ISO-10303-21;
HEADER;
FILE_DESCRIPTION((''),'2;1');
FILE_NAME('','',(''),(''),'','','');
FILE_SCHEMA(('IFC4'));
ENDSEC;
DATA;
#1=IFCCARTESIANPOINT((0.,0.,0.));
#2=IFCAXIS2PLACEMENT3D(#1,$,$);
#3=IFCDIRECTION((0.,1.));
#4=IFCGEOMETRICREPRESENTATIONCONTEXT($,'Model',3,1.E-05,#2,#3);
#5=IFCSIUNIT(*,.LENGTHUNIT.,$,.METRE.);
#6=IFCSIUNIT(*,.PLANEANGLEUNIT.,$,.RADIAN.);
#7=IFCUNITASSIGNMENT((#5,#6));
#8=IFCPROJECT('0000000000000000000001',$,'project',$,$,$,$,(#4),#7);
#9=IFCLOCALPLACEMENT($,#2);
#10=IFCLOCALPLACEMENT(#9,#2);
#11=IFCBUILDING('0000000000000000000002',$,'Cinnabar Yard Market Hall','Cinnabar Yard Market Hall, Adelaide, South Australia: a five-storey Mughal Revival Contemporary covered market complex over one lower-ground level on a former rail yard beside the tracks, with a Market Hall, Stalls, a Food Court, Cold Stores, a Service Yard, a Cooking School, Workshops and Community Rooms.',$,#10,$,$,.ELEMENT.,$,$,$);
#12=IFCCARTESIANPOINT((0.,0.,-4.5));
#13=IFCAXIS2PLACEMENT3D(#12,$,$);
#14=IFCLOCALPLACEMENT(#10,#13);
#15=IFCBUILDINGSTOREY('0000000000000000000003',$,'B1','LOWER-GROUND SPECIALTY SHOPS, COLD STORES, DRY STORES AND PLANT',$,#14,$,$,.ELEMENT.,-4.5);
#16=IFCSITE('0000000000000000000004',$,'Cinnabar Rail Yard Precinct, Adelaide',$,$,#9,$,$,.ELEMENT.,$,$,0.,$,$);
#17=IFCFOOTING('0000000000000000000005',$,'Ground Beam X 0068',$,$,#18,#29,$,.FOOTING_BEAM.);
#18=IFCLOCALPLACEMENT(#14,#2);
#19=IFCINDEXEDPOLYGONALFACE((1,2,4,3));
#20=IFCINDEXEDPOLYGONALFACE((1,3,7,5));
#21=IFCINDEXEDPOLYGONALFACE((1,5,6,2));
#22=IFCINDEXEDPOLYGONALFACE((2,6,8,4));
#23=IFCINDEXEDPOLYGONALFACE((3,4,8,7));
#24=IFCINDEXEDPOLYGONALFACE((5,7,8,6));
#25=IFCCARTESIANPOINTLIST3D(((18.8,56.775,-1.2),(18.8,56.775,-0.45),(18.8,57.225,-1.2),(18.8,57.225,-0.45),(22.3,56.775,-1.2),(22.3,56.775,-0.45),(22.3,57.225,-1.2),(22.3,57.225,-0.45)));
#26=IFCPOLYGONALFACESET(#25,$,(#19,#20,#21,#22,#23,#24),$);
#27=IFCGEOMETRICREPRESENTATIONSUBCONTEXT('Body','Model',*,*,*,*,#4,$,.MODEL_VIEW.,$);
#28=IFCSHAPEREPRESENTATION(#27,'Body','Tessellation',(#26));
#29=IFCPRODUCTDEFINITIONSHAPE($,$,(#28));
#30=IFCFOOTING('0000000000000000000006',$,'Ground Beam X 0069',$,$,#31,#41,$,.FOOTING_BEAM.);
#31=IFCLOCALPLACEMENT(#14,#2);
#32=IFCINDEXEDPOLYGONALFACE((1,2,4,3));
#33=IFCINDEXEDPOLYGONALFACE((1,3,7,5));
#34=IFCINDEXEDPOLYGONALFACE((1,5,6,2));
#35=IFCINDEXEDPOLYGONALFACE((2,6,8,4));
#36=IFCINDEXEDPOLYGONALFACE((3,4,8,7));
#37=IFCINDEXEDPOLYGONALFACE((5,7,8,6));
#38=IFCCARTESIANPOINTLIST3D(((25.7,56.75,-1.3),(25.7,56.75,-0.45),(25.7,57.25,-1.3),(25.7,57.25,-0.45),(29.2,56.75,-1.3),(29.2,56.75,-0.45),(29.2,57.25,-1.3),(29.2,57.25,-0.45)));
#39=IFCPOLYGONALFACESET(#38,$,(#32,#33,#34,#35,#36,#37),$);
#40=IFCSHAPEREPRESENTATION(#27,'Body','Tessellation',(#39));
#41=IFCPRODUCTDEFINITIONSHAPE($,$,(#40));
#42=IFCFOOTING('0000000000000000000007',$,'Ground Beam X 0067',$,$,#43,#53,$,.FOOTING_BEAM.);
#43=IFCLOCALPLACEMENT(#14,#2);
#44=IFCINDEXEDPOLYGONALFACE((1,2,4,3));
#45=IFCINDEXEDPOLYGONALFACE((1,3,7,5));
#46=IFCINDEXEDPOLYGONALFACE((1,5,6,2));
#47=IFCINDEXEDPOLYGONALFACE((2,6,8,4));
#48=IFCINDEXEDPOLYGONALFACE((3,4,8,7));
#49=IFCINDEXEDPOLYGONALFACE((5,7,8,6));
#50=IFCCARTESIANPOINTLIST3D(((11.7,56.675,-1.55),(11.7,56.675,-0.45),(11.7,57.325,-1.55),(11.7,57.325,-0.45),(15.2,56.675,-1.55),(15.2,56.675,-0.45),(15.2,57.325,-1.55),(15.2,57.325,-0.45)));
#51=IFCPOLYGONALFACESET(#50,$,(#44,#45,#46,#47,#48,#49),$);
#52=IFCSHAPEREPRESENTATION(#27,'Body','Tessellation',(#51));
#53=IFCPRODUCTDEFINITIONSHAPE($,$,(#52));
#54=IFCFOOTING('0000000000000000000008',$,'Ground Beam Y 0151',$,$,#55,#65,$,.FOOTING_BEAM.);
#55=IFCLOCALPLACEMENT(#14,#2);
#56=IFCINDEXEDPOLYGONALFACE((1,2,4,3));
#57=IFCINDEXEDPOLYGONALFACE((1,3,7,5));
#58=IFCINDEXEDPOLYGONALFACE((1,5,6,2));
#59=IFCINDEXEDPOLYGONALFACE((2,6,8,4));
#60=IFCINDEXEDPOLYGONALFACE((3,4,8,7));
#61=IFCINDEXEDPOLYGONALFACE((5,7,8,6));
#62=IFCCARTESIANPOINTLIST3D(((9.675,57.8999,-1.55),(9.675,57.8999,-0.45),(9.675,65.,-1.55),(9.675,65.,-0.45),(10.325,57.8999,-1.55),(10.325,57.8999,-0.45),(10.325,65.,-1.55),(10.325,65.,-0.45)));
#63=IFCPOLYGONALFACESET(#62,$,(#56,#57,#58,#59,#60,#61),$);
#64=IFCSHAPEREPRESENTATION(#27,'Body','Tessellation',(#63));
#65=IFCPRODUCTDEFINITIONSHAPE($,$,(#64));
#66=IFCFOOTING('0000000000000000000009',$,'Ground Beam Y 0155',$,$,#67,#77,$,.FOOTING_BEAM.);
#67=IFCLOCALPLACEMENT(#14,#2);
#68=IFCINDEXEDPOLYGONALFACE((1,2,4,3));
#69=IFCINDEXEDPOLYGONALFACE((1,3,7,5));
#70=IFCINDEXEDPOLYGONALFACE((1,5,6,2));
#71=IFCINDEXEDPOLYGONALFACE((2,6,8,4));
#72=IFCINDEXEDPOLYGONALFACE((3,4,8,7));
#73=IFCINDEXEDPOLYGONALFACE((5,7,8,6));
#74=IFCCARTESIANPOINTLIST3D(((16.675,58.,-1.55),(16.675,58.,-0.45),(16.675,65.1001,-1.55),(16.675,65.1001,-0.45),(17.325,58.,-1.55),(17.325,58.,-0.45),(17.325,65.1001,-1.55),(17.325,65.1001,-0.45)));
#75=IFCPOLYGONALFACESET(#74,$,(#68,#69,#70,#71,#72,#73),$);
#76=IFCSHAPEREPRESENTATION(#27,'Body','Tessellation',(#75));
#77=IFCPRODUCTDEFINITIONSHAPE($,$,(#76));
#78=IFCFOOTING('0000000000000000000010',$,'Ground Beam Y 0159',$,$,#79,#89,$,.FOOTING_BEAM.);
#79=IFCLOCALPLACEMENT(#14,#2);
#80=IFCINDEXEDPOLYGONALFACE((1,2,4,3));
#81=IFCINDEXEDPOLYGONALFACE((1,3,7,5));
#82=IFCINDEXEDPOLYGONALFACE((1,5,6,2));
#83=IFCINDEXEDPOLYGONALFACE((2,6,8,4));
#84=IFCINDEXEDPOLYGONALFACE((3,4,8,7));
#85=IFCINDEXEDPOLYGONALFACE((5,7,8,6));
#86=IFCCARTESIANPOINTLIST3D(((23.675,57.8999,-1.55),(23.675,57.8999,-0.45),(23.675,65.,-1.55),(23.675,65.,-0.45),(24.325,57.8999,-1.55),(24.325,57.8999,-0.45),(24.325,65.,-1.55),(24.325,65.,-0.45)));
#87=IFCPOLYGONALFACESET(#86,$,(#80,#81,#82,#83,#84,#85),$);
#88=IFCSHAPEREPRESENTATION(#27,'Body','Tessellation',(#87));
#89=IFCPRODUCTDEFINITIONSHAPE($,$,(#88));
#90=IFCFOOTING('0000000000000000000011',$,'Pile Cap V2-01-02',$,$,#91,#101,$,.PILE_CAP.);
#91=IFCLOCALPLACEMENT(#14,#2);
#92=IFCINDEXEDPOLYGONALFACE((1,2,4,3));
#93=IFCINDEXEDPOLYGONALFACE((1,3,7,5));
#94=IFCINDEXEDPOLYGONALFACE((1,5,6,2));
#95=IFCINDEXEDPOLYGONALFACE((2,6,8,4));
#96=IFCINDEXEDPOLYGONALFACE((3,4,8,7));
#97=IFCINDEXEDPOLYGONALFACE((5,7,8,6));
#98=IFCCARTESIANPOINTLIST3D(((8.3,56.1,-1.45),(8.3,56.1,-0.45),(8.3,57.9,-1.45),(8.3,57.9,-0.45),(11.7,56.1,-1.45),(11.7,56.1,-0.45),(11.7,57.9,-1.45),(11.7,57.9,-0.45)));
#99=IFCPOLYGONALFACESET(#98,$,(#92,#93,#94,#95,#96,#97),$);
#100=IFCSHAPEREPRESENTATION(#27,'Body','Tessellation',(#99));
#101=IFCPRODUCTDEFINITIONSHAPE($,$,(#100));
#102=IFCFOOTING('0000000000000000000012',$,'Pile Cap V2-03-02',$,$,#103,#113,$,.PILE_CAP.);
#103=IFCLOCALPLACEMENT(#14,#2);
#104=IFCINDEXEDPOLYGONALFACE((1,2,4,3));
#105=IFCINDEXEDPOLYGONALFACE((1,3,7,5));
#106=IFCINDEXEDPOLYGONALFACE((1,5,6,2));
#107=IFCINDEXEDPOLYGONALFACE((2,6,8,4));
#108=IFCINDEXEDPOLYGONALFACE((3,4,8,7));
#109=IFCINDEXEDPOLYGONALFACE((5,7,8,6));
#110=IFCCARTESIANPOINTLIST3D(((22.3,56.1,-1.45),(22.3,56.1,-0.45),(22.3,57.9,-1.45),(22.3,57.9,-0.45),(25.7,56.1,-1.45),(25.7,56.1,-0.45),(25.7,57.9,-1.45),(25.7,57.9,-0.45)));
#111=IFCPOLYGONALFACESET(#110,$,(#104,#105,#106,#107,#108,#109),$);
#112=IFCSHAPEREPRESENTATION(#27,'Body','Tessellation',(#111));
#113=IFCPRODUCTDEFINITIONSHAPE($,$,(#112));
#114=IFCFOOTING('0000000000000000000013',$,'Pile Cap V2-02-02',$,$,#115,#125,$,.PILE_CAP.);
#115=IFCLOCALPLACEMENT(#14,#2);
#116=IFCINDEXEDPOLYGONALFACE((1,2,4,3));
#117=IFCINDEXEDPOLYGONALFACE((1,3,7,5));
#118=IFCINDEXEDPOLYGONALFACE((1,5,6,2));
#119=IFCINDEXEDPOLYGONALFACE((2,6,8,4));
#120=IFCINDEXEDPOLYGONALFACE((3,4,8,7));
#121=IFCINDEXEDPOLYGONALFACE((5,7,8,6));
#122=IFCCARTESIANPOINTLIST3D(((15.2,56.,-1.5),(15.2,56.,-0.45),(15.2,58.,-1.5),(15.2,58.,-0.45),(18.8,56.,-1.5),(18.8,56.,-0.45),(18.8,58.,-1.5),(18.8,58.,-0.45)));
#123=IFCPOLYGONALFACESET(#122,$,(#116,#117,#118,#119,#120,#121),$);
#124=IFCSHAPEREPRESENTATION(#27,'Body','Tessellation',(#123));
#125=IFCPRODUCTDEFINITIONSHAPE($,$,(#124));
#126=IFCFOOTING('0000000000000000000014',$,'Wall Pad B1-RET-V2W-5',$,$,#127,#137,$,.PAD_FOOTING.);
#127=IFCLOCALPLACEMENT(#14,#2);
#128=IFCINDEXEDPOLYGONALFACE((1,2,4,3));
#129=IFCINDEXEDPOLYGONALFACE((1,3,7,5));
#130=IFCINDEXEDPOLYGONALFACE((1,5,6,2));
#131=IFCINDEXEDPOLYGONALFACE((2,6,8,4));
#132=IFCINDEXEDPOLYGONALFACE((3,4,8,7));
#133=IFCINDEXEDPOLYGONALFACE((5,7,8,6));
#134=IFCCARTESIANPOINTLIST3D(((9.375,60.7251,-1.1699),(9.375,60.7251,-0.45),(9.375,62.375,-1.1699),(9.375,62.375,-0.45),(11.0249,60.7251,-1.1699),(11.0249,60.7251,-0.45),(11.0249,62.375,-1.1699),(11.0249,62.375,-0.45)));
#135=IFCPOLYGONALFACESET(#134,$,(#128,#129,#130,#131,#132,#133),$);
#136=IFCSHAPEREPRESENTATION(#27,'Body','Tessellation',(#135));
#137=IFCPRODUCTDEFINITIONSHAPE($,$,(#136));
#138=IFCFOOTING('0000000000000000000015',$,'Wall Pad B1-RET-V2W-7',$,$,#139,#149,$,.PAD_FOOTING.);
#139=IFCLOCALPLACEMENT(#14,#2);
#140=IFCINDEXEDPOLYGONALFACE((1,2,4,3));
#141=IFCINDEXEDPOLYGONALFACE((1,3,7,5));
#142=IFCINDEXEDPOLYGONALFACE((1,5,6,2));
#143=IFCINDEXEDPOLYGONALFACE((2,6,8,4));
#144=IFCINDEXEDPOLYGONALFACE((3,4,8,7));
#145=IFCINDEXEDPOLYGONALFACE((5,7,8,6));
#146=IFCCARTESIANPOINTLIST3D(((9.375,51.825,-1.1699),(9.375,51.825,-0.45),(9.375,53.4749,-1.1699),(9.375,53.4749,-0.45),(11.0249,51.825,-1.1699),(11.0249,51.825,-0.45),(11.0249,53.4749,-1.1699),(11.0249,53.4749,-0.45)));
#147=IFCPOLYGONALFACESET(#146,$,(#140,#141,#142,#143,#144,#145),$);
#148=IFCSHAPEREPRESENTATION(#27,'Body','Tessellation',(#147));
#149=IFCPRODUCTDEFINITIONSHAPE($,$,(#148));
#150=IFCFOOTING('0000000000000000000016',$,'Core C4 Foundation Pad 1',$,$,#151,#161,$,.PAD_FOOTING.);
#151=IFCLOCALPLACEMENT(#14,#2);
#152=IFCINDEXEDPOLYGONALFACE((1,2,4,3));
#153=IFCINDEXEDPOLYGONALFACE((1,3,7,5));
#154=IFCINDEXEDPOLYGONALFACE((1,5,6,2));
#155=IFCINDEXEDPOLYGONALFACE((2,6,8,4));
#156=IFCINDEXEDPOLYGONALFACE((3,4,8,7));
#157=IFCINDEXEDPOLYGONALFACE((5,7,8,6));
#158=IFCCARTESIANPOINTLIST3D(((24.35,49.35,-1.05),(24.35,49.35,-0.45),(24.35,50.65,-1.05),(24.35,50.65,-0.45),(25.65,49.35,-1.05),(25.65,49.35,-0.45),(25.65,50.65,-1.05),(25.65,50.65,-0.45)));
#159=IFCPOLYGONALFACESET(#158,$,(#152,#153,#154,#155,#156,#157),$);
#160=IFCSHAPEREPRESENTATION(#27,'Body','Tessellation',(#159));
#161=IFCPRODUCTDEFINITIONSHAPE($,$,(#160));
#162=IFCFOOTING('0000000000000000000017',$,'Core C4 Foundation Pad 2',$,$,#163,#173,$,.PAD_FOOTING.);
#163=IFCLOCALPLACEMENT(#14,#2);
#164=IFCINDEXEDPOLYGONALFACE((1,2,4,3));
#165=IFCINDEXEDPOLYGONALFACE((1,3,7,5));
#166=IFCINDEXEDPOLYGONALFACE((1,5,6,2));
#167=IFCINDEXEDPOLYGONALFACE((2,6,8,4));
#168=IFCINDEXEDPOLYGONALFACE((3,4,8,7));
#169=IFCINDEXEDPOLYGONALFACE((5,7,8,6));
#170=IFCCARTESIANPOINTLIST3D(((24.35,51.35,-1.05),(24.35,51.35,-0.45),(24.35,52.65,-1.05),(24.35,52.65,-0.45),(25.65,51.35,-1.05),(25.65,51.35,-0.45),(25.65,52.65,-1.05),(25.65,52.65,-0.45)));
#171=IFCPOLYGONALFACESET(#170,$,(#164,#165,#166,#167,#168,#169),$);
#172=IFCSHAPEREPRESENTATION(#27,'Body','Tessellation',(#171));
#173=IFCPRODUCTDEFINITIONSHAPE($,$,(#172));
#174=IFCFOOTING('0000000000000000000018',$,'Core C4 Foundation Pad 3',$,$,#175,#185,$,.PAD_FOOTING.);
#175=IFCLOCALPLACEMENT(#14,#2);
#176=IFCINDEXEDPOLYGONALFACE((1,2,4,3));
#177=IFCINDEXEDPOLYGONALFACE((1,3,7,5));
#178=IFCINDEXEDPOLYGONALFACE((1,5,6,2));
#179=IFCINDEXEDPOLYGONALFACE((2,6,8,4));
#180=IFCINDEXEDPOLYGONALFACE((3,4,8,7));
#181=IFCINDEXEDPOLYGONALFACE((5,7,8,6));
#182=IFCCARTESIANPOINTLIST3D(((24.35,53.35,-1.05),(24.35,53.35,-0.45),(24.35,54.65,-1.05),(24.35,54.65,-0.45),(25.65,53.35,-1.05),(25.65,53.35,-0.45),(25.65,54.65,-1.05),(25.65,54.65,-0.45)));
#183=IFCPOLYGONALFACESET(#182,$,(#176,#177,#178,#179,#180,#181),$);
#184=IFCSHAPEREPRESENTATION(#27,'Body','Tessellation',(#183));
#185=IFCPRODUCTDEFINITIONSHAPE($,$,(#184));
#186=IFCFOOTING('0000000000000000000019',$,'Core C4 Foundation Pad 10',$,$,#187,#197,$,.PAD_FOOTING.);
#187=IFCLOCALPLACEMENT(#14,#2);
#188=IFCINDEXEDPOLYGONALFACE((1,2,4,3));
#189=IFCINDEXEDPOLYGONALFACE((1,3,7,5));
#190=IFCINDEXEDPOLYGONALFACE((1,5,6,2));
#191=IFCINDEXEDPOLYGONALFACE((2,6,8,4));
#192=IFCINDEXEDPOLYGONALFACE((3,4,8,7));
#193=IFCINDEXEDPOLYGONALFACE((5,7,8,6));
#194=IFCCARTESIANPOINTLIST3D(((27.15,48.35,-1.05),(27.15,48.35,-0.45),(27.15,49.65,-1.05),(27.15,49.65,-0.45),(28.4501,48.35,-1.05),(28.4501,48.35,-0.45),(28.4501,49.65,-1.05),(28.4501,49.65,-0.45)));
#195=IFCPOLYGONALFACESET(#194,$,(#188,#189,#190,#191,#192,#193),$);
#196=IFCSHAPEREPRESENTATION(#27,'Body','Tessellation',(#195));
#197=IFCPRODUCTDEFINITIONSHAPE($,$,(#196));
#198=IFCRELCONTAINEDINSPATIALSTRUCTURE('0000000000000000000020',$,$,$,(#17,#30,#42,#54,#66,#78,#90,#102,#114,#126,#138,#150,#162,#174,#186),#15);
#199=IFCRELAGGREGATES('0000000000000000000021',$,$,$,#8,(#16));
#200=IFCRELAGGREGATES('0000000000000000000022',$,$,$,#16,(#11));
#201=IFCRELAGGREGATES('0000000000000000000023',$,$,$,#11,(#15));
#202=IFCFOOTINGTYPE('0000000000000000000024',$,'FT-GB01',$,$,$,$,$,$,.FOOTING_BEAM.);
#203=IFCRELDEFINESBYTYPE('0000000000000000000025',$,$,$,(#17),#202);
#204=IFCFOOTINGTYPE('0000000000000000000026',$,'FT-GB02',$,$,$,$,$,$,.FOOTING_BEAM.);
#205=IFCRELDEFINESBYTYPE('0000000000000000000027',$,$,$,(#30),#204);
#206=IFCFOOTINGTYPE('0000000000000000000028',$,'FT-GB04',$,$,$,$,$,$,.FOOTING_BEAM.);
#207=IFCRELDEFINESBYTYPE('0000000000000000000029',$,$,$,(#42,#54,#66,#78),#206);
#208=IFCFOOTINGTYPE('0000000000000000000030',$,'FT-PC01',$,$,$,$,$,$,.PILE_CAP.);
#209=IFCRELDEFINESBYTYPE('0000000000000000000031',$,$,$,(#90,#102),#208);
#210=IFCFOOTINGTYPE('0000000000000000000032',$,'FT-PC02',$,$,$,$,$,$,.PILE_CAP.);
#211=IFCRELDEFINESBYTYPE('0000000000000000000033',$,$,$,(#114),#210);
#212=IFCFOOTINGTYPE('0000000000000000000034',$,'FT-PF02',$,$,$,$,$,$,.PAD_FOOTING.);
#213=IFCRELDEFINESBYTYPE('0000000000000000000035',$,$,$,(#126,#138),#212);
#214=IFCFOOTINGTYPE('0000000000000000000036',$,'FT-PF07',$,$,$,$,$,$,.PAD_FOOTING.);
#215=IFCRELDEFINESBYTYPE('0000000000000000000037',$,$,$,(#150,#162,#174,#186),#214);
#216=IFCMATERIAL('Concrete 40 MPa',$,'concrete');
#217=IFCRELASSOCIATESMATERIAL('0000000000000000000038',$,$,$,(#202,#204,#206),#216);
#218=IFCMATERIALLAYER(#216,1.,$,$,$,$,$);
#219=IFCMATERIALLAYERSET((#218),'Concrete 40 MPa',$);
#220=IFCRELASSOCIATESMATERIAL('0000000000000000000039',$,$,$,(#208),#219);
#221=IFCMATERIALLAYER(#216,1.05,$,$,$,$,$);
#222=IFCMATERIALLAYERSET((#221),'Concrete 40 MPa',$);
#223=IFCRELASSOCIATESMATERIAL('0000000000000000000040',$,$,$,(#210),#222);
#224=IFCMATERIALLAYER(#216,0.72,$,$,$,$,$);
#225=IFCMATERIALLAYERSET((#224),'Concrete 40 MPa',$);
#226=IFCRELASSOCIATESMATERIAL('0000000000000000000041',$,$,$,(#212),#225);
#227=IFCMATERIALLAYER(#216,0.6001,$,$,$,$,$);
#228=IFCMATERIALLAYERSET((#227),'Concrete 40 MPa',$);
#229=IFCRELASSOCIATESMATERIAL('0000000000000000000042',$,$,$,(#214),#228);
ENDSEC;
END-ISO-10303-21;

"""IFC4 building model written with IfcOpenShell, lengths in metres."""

from ifc_helpers import new_model, si_unit, direction, frame, origin, origin_2d_with_axis, place, context, subcontext, project, spatial, rectangle, extrude, material, layer, layer_set, material_profile, profile_set, type_object, element, save


model = new_model("IFC4")

# Units and contexts
model_context = context("Model", 3, precision=1e-05, world=origin(), true_north=direction((0.0, 1.0)))
body_context = subcontext(model_context, "Body", "Model", "MODEL_VIEW")
ifc_project = project(units=[si_unit("LENGTHUNIT", "METRE"), si_unit("PLANEANGLEUNIT", "RADIAN")], contexts=[model_context])

# Site, building, storey
site_placement = place(None, origin())
site = spatial("IfcSite", under=ifc_project, at=site_placement, Name="Cinnabar Rail Yard Precinct, Adelaide", CompositionType="ELEMENT", RefElevation=0.0)
building_placement = place(site_placement, origin())
building = spatial("IfcBuilding", under=site, at=building_placement, Name="Cinnabar Yard Market Hall", Description="Cinnabar Yard Market Hall, Adelaide, South Australia: a five-storey Mughal Revival Contemporary covered market complex over one lower-ground level on a former rail yard beside the tracks, with a Market Hall, Stalls, a Food Court, Cold Stores, a Service Yard, a Cooking School, Workshops and Community Rooms.", CompositionType="ELEMENT")
storey_placement = place(building_placement, frame((0.0, 0.0, -4.5)))
storey = spatial("IfcBuildingStorey", under=building, at=storey_placement, Name="B1", Description="LOWER-GROUND SPECIALTY SHOPS, COLD STORES, DRY STORES AND PLANT", CompositionType="ELEMENT", Elevation=-4.5)

# Footings
ifc_material_1 = material(Name="Concrete 40 MPa", Category="concrete")
ifc_material_profile_1 = material_profile(ifc_material_1, rectangle(XDim=0.45, YDim=0.75, at=origin_2d_with_axis()), Name="GB-450x750")
ifc_profile_set_1 = profile_set([ifc_material_profile_1], Name="Concrete 40 MPa")
footing_type_1 = type_object("IfcFootingType", Name="FT-GB01", PredefinedType="FOOTING_BEAM", material=ifc_profile_set_1)
footing_1_placement = place(storey_placement, frame((18.8, 57.0, -0.825), z_axis=(1.0, 0.0, 0.0), x_axis=(0.0, 1.0, 0.0)))
element("IfcFooting", 1, at=footing_1_placement, inside=storey, type_object=footing_type_1, Name="Ground Beam X 0068", PredefinedType="FOOTING_BEAM", context=body_context, shape_type="SweptSolid", body=[
    extrude(rectangle(XDim=0.45, YDim=0.75, at=origin_2d_with_axis()), origin(), (0.0, 0.0, 1.0), 3.5),
])
ifc_material_profile_2 = material_profile(ifc_material_1, rectangle(XDim=0.5, YDim=0.8501, at=origin_2d_with_axis()), Name="GB-500x850")
ifc_profile_set_2 = profile_set([ifc_material_profile_2], Name="Concrete 40 MPa")
footing_type_2 = type_object("IfcFootingType", Name="FT-GB02", PredefinedType="FOOTING_BEAM", material=ifc_profile_set_2)
footing_2_placement = place(storey_placement, frame((25.7, 57.0, -0.875), z_axis=(1.0, 0.0, 0.0), x_axis=(0.0, 1.0, 0.0)))
element("IfcFooting", 2, at=footing_2_placement, inside=storey, type_object=footing_type_2, Name="Ground Beam X 0069", PredefinedType="FOOTING_BEAM", context=body_context, shape_type="SweptSolid", body=[
    extrude(rectangle(XDim=0.5, YDim=0.8501, at=origin_2d_with_axis()), origin(), (0.0, 0.0, 1.0), 3.5),
])
ifc_material_profile_3 = material_profile(ifc_material_1, rectangle(XDim=0.6499, YDim=1.1001, at=origin_2d_with_axis()), Name="GB-650x1100")
ifc_profile_set_3 = profile_set([ifc_material_profile_3], Name="Concrete 40 MPa")
footing_type_3 = type_object("IfcFootingType", Name="FT-GB04", PredefinedType="FOOTING_BEAM", material=ifc_profile_set_3)
footing_3_placement = place(storey_placement, frame((11.7, 57.0, -1.0), z_axis=(1.0, 0.0, 0.0), x_axis=(0.0, 1.0, 0.0)))
element("IfcFooting", 3, at=footing_3_placement, inside=storey, type_object=footing_type_3, Name="Ground Beam X 0067", PredefinedType="FOOTING_BEAM", context=body_context, shape_type="SweptSolid", body=[
    extrude(rectangle(XDim=0.6499, YDim=1.1001, at=origin_2d_with_axis()), origin(), (0.0, 0.0, 1.0), 3.5),
])
for number, where, z_axis, x_axis, name in (
    (4, (10.0, 57.8999, -1.0), (0.0, 1.0, 0.0), (-1.0, 0.0, 0.0), "Ground Beam Y 0151"),
    (5, (17.0, 58.0, -1.0), (0.0, 1.0, 0.0), (-1.0, 0.0, 0.0), "Ground Beam Y 0155"),
    (6, (24.0, 57.8999, -1.0), (0.0, 1.0, 0.0), (-1.0, 0.0, 0.0), "Ground Beam Y 0159"),
):
    element("IfcFooting", number, at=place(storey_placement, frame(where, z_axis=z_axis, x_axis=x_axis)), inside=storey, type_object=footing_type_3, Name=name, PredefinedType="FOOTING_BEAM", context=body_context, shape_type="SweptSolid", body=[
        extrude(rectangle(XDim=0.6499, YDim=1.1001, at=origin_2d_with_axis()), origin(), (0.0, 0.0, 1.0), 7.1001),
    ])
ifc_layer_1 = layer(ifc_material_1, 1.0)
ifc_layer_set_1 = layer_set([ifc_layer_1], Name="Concrete 40 MPa")
footing_type_4 = type_object("IfcFootingType", Name="FT-PC01", PredefinedType="PILE_CAP", material=ifc_layer_set_1)
for number, where, z_axis, x_axis, name in (
    (7, (10.0, 57.0, -1.45), (0.0, 0.0, 1.0), (1.0, 0.0, 0.0), "Pile Cap V2-01-02"),
    (8, (24.0, 57.0, -1.45), (0.0, 0.0, 1.0), (1.0, 0.0, 0.0), "Pile Cap V2-03-02"),
):
    element("IfcFooting", number, at=place(storey_placement, frame(where, z_axis=z_axis, x_axis=x_axis)), inside=storey, type_object=footing_type_4, Name=name, PredefinedType="PILE_CAP", context=body_context, shape_type="SweptSolid", body=[
        extrude(rectangle(XDim=3.3999, YDim=1.8, at=origin_2d_with_axis()), origin(), (0.0, 0.0, 1.0), 1.0),
    ])
ifc_layer_2 = layer(ifc_material_1, 1.05)
ifc_layer_set_2 = layer_set([ifc_layer_2], Name="Concrete 40 MPa")
footing_type_5 = type_object("IfcFootingType", Name="FT-PC02", PredefinedType="PILE_CAP", material=ifc_layer_set_2)
footing_4_placement = place(storey_placement, frame((17.0, 57.0, -1.5), z_axis=(0.0, 0.0, 1.0), x_axis=(1.0, 0.0, 0.0)))
element("IfcFooting", 9, at=footing_4_placement, inside=storey, type_object=footing_type_5, Name="Pile Cap V2-02-02", PredefinedType="PILE_CAP", context=body_context, shape_type="SweptSolid", body=[
    extrude(rectangle(XDim=3.6001, YDim=2.0, at=origin_2d_with_axis()), origin(), (0.0, 0.0, 1.0), 1.05),
])
ifc_layer_3 = layer(ifc_material_1, 0.72)
ifc_layer_set_3 = layer_set([ifc_layer_3], Name="Concrete 40 MPa")
footing_type_6 = type_object("IfcFootingType", Name="FT-PF02", PredefinedType="PAD_FOOTING", material=ifc_layer_set_3)
for number, where, z_axis, x_axis, name in (
    (10, (10.2, 61.55, -1.1699), (0.0, 0.0, 1.0), (1.0, 0.0, 0.0), "Wall Pad B1-RET-V2W-5"),
    (11, (10.2, 52.6499, -1.1699), (0.0, 0.0, 1.0), (1.0, 0.0, 0.0), "Wall Pad B1-RET-V2W-7"),
):
    element("IfcFooting", number, at=place(storey_placement, frame(where, z_axis=z_axis, x_axis=x_axis)), inside=storey, type_object=footing_type_6, Name=name, PredefinedType="PAD_FOOTING", context=body_context, shape_type="SweptSolid", body=[
        extrude(rectangle(XDim=1.6499, YDim=1.6499, at=origin_2d_with_axis()), origin(), (0.0, 0.0, 1.0), 0.72),
    ])
ifc_layer_4 = layer(ifc_material_1, 0.6001)
ifc_layer_set_4 = layer_set([ifc_layer_4], Name="Concrete 40 MPa")
footing_type_7 = type_object("IfcFootingType", Name="FT-PF07", PredefinedType="PAD_FOOTING", material=ifc_layer_set_4)
for number, where, z_axis, x_axis, name in (
    (12, (25.0, 50.0, -1.05), (0.0, 0.0, 1.0), (1.0, 0.0, 0.0), "Core C4 Foundation Pad 1"),
    (13, (25.0, 52.0, -1.05), (0.0, 0.0, 1.0), (1.0, 0.0, 0.0), "Core C4 Foundation Pad 2"),
    (14, (25.0, 54.0, -1.05), (0.0, 0.0, 1.0), (1.0, 0.0, 0.0), "Core C4 Foundation Pad 3"),
    (15, (27.8, 49.0, -1.05), (0.0, 0.0, 1.0), (1.0, 0.0, 0.0), "Core C4 Foundation Pad 10"),
):
    element("IfcFooting", number, at=place(storey_placement, frame(where, z_axis=z_axis, x_axis=x_axis)), inside=storey, type_object=footing_type_7, Name=name, PredefinedType="PAD_FOOTING", context=body_context, shape_type="SweptSolid", body=[
        extrude(rectangle(XDim=1.3, YDim=1.3, at=origin_2d_with_axis()), origin(), (0.0, 0.0, 1.0), 0.6001),
    ])

save(model, "model.ifc")
